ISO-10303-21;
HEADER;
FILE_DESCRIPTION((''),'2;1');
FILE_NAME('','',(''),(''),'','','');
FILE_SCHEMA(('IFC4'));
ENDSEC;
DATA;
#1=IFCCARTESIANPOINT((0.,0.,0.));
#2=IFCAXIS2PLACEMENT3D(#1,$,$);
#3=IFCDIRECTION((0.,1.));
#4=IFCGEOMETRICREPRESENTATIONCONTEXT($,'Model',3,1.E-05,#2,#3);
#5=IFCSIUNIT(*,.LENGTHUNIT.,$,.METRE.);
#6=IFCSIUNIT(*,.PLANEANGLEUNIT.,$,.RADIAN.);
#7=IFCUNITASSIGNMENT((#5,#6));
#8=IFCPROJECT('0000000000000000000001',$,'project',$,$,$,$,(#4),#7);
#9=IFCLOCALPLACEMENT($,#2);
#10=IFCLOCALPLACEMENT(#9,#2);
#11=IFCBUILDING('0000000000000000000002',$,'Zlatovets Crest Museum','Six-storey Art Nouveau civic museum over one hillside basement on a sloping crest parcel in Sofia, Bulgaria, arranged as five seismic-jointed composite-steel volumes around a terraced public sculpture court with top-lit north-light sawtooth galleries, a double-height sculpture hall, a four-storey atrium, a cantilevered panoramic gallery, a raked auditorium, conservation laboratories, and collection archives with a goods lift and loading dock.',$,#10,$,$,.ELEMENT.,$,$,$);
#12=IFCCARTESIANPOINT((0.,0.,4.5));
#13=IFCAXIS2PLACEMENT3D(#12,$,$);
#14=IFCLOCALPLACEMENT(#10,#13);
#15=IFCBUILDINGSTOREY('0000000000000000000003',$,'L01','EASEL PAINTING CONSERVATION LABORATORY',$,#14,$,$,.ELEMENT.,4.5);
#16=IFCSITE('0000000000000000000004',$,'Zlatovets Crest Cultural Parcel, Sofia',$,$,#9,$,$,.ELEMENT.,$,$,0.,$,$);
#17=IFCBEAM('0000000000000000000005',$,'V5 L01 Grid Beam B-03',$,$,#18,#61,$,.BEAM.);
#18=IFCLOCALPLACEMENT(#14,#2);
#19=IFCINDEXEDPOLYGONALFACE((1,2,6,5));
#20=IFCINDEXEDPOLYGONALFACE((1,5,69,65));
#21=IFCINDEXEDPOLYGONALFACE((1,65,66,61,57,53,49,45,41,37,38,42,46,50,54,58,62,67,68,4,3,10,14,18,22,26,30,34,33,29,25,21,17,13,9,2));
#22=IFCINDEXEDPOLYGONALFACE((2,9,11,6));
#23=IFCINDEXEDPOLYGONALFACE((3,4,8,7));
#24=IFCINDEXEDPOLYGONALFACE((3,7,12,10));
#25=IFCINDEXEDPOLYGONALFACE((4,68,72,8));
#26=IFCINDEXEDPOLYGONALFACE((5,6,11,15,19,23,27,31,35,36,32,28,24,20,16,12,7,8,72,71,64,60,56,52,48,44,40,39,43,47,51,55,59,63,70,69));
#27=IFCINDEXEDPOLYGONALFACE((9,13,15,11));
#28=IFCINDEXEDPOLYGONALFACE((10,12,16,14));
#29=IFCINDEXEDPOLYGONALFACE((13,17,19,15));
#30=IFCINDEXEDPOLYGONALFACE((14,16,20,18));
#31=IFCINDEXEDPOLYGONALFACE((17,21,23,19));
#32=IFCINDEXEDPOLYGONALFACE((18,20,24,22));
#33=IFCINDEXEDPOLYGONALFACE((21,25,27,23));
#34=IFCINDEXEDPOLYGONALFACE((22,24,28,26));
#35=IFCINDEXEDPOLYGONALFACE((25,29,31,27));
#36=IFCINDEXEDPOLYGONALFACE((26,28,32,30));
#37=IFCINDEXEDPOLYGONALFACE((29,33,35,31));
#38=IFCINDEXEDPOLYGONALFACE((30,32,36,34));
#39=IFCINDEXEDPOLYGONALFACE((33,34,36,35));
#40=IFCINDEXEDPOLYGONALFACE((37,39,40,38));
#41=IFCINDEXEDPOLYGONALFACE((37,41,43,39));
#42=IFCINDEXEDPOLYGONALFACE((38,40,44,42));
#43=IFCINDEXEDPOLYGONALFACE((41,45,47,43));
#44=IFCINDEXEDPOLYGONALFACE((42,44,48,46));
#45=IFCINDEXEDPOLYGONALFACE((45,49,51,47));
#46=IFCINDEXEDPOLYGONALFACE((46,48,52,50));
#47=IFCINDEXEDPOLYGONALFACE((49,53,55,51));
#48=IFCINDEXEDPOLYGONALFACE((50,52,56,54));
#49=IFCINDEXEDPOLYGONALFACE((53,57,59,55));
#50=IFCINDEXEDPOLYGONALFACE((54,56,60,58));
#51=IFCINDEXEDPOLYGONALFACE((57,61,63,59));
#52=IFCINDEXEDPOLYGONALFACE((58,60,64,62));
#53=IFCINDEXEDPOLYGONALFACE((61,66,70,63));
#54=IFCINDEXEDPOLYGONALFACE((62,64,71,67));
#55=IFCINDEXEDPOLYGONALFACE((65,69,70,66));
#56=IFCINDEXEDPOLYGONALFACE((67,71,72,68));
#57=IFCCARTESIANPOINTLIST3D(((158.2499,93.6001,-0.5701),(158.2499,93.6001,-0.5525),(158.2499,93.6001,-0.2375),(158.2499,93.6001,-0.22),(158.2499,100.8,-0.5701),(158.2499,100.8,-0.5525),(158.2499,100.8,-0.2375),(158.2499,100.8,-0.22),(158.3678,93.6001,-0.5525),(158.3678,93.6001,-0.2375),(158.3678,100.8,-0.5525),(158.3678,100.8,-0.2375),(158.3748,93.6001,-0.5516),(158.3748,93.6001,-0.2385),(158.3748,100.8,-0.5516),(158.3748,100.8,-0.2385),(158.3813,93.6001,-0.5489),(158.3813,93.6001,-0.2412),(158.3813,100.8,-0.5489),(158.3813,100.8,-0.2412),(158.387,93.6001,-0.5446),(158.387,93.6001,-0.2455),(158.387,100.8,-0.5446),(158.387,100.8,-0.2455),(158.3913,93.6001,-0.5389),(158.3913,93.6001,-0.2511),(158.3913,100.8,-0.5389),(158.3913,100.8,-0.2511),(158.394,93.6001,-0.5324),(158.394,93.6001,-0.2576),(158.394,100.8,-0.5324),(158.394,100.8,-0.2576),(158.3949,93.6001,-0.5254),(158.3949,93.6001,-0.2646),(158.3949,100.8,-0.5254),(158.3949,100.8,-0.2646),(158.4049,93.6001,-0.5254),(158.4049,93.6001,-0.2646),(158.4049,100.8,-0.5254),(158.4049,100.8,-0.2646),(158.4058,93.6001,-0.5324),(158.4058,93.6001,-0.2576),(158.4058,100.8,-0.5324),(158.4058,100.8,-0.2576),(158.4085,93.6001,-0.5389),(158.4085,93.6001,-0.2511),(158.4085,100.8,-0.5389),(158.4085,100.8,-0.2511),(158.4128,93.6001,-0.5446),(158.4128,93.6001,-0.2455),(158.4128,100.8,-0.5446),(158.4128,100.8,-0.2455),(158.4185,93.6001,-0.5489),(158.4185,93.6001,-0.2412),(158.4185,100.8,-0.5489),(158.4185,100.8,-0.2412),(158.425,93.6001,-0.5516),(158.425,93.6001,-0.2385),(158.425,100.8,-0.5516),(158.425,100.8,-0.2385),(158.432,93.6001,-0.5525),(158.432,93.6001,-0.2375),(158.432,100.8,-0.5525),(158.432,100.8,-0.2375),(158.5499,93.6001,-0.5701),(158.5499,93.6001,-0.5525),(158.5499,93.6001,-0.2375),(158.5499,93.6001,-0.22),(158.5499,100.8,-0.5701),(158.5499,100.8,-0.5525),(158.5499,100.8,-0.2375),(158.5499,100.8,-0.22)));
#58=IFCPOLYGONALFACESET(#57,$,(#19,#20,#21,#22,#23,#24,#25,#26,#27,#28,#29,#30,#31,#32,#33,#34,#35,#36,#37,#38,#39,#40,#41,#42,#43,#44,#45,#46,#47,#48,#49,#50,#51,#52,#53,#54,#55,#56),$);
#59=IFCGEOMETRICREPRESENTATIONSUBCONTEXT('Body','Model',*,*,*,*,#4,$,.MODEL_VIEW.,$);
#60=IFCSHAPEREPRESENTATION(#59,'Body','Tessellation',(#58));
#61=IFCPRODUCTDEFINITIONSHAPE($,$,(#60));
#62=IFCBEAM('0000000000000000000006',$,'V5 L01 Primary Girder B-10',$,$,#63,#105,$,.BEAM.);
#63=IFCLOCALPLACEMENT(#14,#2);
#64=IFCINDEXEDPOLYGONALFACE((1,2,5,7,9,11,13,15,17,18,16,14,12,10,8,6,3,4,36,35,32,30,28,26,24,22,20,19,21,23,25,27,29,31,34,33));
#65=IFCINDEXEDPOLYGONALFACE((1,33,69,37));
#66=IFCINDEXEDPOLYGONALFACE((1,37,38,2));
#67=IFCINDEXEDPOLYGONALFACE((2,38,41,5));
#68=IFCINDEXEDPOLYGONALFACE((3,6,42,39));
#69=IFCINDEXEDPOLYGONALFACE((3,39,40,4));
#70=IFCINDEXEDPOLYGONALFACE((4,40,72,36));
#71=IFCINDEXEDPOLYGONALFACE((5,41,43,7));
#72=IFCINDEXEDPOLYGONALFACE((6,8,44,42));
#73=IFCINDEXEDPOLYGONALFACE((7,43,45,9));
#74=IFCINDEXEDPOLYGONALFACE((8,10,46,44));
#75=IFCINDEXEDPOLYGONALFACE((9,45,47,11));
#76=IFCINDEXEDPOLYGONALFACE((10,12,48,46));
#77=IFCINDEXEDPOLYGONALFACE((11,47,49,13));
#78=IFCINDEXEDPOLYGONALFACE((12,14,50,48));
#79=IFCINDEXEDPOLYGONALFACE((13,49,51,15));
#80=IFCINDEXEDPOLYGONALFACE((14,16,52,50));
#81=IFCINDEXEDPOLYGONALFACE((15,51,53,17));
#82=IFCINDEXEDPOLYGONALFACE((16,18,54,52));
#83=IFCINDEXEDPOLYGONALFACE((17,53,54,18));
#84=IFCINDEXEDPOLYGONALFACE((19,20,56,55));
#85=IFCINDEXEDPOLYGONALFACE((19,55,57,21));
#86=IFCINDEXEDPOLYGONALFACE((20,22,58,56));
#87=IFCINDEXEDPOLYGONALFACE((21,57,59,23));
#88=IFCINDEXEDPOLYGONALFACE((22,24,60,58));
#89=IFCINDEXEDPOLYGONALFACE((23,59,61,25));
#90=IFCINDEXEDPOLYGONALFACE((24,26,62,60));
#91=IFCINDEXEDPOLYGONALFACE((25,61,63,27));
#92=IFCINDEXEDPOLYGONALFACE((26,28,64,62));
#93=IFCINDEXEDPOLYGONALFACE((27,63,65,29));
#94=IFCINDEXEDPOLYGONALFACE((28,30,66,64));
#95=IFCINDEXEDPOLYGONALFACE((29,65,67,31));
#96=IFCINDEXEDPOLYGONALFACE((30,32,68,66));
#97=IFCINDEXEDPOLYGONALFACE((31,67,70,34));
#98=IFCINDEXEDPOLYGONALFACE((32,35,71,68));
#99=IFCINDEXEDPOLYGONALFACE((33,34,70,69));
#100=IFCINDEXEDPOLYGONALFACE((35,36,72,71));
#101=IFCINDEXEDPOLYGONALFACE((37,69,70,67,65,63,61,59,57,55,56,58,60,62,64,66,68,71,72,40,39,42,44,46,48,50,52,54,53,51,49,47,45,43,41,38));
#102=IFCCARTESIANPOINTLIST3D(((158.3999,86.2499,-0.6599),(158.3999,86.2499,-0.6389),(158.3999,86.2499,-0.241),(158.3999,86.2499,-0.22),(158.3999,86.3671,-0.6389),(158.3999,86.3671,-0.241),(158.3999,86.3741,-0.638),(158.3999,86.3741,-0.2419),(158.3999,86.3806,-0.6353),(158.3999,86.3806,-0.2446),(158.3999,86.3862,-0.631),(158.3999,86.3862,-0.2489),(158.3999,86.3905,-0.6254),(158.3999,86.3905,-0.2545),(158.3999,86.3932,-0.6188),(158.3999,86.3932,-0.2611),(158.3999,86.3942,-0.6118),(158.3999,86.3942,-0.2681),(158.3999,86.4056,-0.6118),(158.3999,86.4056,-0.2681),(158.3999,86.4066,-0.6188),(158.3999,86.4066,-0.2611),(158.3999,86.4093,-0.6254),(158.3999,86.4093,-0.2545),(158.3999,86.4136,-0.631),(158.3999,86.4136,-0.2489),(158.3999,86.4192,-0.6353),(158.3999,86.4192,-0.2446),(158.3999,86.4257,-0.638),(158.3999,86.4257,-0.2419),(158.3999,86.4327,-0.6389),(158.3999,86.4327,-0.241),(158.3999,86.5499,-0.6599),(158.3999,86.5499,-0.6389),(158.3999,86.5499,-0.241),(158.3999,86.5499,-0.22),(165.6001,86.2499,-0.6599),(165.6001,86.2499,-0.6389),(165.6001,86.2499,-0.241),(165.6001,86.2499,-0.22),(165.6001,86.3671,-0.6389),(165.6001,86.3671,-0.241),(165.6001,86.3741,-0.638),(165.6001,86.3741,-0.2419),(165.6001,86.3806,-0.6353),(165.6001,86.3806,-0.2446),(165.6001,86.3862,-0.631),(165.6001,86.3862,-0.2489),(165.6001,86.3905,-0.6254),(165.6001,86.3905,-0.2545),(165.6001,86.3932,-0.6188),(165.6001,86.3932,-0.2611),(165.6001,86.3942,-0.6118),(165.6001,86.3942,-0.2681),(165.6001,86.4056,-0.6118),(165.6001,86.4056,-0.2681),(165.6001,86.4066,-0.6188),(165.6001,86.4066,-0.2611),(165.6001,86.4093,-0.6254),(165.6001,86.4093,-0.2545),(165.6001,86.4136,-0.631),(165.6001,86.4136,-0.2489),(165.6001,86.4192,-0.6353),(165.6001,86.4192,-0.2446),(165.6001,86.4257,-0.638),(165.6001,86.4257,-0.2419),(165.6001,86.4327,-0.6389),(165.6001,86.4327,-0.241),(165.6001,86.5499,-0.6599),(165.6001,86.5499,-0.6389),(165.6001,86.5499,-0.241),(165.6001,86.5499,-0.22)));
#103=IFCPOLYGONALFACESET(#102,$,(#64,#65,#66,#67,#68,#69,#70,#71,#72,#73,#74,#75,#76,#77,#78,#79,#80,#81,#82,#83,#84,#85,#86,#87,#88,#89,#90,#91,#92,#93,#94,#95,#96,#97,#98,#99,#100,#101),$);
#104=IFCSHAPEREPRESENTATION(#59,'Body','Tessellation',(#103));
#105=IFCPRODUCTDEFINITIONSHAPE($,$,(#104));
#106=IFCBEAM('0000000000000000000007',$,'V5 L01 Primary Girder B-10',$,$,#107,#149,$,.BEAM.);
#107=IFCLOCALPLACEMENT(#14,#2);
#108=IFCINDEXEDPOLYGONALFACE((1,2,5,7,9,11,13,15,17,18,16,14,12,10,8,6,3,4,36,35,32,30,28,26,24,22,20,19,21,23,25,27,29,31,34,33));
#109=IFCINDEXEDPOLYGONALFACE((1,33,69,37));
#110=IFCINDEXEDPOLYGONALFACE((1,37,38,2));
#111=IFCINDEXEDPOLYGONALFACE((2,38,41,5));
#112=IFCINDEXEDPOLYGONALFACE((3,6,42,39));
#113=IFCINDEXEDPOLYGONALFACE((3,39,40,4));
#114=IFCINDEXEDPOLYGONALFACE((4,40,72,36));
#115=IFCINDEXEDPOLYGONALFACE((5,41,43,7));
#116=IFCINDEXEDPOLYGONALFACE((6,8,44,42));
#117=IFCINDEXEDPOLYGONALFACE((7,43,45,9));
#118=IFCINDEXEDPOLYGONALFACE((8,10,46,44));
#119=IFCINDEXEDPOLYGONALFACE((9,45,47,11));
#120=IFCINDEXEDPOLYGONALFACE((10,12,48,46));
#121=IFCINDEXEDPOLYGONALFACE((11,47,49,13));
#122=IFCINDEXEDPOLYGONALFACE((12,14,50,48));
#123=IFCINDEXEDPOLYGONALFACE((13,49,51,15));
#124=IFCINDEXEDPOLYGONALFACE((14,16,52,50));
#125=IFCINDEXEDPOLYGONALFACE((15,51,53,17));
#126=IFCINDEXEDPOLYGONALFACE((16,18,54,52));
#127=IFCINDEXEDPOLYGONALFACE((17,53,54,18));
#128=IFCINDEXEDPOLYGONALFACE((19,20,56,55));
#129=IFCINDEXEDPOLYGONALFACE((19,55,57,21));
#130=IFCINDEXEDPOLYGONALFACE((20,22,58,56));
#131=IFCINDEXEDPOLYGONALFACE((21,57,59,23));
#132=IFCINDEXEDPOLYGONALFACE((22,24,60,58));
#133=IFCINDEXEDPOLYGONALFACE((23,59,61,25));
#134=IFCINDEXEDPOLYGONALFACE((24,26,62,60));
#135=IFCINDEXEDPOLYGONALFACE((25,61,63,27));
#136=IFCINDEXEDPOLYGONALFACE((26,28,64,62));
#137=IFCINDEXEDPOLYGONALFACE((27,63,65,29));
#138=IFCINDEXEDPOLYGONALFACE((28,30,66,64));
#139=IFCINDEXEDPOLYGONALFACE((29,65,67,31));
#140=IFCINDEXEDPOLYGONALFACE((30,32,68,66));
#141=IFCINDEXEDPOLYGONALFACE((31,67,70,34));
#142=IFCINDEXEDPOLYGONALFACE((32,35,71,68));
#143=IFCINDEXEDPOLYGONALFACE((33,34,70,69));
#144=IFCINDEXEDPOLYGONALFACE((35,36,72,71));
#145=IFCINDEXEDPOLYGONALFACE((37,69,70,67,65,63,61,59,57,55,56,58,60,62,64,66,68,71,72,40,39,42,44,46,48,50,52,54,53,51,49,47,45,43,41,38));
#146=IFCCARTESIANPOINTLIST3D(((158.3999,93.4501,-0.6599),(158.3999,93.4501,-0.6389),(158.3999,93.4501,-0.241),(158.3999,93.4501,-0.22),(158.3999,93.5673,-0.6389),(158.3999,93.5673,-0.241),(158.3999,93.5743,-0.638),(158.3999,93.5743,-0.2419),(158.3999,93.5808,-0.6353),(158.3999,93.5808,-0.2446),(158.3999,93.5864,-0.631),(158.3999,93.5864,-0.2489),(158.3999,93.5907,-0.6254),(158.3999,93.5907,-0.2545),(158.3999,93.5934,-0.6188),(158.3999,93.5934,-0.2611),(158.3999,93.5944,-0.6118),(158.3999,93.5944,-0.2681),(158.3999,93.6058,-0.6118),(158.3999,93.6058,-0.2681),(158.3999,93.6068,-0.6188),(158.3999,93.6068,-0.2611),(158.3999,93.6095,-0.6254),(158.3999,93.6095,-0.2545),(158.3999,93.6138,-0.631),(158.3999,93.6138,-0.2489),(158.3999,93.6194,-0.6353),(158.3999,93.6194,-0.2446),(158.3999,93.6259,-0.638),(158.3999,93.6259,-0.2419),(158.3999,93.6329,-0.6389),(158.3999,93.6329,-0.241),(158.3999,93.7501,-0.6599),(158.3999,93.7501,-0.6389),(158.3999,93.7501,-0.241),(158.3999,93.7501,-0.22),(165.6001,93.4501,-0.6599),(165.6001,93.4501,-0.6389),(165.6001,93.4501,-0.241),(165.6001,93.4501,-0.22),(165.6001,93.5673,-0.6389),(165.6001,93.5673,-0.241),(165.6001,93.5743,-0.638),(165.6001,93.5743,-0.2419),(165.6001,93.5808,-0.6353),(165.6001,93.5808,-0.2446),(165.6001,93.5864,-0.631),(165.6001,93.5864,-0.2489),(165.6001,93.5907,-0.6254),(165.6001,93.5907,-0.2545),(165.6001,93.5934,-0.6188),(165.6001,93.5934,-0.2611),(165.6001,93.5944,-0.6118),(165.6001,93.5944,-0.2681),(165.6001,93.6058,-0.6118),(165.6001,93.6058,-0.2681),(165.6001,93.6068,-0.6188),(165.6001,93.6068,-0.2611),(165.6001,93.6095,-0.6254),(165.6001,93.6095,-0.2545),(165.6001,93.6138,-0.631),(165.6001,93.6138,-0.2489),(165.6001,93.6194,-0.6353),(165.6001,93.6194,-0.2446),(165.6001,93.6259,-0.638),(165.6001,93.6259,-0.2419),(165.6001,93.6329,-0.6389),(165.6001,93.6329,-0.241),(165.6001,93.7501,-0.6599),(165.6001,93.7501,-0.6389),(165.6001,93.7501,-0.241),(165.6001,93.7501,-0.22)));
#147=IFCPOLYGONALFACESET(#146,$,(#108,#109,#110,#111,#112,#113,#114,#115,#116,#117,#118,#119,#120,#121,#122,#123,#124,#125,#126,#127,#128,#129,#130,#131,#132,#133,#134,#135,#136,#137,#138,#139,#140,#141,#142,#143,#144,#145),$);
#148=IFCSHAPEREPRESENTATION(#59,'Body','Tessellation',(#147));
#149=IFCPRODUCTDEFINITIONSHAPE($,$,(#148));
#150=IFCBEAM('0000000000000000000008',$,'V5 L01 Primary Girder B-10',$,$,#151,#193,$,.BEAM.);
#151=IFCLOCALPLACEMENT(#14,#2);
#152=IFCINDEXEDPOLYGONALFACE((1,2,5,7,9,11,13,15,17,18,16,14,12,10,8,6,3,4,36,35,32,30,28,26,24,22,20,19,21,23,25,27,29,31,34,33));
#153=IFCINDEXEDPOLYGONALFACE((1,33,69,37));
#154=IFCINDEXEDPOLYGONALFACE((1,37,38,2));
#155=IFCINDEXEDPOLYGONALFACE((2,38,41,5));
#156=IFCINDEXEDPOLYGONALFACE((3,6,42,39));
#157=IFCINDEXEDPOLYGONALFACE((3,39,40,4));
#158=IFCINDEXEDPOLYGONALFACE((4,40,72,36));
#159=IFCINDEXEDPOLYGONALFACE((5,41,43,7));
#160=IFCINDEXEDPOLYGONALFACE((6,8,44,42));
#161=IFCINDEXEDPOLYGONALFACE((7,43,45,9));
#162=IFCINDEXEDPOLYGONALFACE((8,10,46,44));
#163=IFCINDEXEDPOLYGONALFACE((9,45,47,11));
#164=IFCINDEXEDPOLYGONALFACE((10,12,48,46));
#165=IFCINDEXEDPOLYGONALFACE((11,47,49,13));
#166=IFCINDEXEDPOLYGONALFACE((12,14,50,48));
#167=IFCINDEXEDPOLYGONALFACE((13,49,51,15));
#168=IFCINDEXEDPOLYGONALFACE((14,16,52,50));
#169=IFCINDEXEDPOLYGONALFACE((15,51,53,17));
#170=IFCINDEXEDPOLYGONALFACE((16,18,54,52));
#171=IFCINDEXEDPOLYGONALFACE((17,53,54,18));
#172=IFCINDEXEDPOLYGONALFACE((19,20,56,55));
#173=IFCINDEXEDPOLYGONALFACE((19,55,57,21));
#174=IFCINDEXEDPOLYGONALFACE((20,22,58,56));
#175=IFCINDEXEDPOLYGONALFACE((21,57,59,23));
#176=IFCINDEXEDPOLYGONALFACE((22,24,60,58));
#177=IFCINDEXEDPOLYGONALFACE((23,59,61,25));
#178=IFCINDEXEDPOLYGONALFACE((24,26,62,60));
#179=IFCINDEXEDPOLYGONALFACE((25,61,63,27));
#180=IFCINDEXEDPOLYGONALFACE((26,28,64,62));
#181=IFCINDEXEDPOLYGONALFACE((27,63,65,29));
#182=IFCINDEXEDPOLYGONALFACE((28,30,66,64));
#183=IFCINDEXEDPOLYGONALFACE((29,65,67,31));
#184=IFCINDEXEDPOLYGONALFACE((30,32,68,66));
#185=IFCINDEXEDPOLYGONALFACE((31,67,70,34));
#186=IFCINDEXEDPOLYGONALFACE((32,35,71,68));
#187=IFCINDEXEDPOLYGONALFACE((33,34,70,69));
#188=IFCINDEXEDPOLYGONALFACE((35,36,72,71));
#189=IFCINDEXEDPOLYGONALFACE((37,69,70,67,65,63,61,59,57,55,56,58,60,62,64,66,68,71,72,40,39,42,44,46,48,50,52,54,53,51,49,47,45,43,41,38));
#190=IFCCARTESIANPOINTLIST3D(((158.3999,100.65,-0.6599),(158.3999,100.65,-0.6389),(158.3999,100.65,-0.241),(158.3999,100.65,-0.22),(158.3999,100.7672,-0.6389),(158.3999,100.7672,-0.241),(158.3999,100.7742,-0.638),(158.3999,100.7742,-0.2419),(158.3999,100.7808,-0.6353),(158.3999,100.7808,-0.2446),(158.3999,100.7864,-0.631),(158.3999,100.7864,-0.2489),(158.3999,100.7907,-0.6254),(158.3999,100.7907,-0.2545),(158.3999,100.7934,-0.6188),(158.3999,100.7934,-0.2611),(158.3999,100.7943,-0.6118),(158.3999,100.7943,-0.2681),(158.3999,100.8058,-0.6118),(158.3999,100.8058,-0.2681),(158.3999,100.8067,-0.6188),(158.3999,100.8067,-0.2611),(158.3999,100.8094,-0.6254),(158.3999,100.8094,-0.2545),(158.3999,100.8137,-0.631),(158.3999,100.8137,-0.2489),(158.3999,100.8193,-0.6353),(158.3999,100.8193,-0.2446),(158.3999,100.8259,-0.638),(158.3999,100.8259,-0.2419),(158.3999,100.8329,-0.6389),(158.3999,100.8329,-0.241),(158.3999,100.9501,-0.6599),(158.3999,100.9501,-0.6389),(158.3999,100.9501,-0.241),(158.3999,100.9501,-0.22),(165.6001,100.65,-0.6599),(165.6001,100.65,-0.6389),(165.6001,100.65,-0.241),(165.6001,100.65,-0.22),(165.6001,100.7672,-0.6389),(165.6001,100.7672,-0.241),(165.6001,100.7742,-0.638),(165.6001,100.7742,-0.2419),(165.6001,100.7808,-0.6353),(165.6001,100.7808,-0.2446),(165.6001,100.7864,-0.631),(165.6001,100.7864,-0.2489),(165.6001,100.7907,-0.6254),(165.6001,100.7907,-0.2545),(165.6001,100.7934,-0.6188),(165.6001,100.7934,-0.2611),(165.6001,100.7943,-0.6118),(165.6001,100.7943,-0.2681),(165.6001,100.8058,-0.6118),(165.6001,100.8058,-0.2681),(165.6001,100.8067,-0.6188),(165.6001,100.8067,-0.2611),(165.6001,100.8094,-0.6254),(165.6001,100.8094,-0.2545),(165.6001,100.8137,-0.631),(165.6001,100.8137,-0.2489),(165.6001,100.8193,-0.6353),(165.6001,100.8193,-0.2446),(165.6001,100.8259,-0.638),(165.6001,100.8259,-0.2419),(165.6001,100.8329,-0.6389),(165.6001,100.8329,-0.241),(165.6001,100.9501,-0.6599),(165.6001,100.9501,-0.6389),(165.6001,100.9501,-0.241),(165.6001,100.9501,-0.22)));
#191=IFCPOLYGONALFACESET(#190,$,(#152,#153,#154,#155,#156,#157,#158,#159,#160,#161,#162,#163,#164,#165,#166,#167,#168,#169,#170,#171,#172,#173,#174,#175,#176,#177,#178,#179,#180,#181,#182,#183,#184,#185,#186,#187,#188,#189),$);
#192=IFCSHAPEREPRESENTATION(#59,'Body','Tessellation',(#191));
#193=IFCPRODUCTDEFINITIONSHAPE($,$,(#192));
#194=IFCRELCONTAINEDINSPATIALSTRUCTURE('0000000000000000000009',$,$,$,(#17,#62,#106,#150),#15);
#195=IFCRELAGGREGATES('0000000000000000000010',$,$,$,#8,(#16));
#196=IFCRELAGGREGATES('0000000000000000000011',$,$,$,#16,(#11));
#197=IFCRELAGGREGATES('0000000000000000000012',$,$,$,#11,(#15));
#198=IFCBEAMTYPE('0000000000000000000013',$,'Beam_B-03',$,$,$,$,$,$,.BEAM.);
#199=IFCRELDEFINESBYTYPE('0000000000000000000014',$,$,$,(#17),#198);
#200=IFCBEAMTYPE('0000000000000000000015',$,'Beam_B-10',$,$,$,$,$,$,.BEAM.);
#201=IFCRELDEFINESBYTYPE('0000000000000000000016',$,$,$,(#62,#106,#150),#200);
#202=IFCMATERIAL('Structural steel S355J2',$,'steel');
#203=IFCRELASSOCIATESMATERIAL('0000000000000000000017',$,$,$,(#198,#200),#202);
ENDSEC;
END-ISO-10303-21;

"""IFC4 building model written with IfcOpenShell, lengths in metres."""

from ifc_helpers import new_model, si_unit, direction, frame, origin, origin_2d, place, context, subcontext, project, spatial, i_section, extrude, material, material_profile, profile_set, type_object, element, save


model = new_model("IFC4")

# Units and contexts
model_context = context("Model", 3, precision=1e-05, world=origin(), true_north=direction((0.0, 1.0)))
body_context = subcontext(model_context, "Body", "Model", "MODEL_VIEW")
ifc_project = project(units=[si_unit("LENGTHUNIT", "METRE"), si_unit("PLANEANGLEUNIT", "RADIAN")], contexts=[model_context])

# Site, building, storey
site_placement = place(None, origin())
site = spatial("IfcSite", under=ifc_project, at=site_placement, Name="Zlatovets Crest Cultural Parcel, Sofia", CompositionType="ELEMENT", RefElevation=0.0)
building_placement = place(site_placement, origin())
building = spatial("IfcBuilding", under=site, at=building_placement, Name="Zlatovets Crest Museum", Description="Six-storey Art Nouveau civic museum over one hillside basement on a sloping crest parcel in Sofia, Bulgaria, arranged as five seismic-jointed composite-steel volumes around a terraced public sculpture court with top-lit north-light sawtooth galleries, a double-height sculpture hall, a four-storey atrium, a cantilevered panoramic gallery, a raked auditorium, conservation laboratories, and collection archives with a goods lift and loading dock.", CompositionType="ELEMENT")
storey_placement = place(building_placement, frame((0.0, 0.0, 4.5)))
storey = spatial("IfcBuildingStorey", under=building, at=storey_placement, Name="L01", Description="EASEL PAINTING CONSERVATION LABORATORY", CompositionType="ELEMENT", Elevation=4.5)

# Shared definitions
ifc_material_1 = material(Name="Structural steel S355J2", Category="steel")

# Beams
ifc_material_profile_1 = material_profile(ifc_material_1, i_section(OverallWidth=0.3, OverallDepth=0.3501, WebThickness=0.01, FlangeThickness=0.0176, FilletRadius=0.0271, at=origin_2d()), Name="HEA 360")
ifc_profile_set_1 = profile_set([ifc_material_profile_1], Name="Structural steel S355J2")
beam_type_1 = type_object("IfcBeamType", Name="Beam_B-03", PredefinedType="BEAM", material=ifc_profile_set_1)
beam_1_placement = place(storey_placement, frame((158.3999, 93.6001, -0.395), z_axis=(0.0, 1.0, 0.0), x_axis=(-1.0, 0.0, 0.0)))
element("IfcBeam", 1, at=beam_1_placement, inside=storey, type_object=beam_type_1, Name="V5 L01 Grid Beam B-03", PredefinedType="BEAM", context=body_context, shape_type="SweptSolid", body=[
    extrude(i_section(OverallWidth=0.3, OverallDepth=0.3501, WebThickness=0.01, FlangeThickness=0.0176, FilletRadius=0.0271, at=origin_2d()), origin(), (0.0, 0.0, 1.0), 7.2),
])
ifc_material_profile_2 = material_profile(ifc_material_1, i_section(OverallWidth=0.3, OverallDepth=0.4399, WebThickness=0.0115, FlangeThickness=0.021, FilletRadius=0.0271, at=origin_2d()), Name="HEA 450")
ifc_profile_set_2 = profile_set([ifc_material_profile_2], Name="Structural steel S355J2")
beam_type_2 = type_object("IfcBeamType", Name="Beam_B-10", PredefinedType="BEAM", material=ifc_profile_set_2)
for number, where, z_axis, x_axis, name in (
    (2, (158.3999, 86.3999, -0.4399), (1.0, 0.0, 0.0), (0.0, 1.0, 0.0), "V5 L01 Primary Girder B-10"),
    (3, (158.3999, 93.6001, -0.4399), (1.0, 0.0, 0.0), (0.0, 1.0, 0.0), "V5 L01 Primary Girder B-10"),
    (4, (158.3999, 100.8, -0.4399), (1.0, 0.0, 0.0), (0.0, 1.0, 0.0), "V5 L01 Primary Girder B-10"),
):
    element("IfcBeam", number, at=place(storey_placement, frame(where, z_axis=z_axis, x_axis=x_axis)), inside=storey, type_object=beam_type_2, Name=name, PredefinedType="BEAM", context=body_context, shape_type="SweptSolid", body=[
        extrude(i_section(OverallWidth=0.3, OverallDepth=0.4399, WebThickness=0.0115, FlangeThickness=0.021, FilletRadius=0.0271, at=origin_2d()), origin(), (0.0, 0.0, 1.0), 7.2002),
    ])

save(model, "model.ifc")
